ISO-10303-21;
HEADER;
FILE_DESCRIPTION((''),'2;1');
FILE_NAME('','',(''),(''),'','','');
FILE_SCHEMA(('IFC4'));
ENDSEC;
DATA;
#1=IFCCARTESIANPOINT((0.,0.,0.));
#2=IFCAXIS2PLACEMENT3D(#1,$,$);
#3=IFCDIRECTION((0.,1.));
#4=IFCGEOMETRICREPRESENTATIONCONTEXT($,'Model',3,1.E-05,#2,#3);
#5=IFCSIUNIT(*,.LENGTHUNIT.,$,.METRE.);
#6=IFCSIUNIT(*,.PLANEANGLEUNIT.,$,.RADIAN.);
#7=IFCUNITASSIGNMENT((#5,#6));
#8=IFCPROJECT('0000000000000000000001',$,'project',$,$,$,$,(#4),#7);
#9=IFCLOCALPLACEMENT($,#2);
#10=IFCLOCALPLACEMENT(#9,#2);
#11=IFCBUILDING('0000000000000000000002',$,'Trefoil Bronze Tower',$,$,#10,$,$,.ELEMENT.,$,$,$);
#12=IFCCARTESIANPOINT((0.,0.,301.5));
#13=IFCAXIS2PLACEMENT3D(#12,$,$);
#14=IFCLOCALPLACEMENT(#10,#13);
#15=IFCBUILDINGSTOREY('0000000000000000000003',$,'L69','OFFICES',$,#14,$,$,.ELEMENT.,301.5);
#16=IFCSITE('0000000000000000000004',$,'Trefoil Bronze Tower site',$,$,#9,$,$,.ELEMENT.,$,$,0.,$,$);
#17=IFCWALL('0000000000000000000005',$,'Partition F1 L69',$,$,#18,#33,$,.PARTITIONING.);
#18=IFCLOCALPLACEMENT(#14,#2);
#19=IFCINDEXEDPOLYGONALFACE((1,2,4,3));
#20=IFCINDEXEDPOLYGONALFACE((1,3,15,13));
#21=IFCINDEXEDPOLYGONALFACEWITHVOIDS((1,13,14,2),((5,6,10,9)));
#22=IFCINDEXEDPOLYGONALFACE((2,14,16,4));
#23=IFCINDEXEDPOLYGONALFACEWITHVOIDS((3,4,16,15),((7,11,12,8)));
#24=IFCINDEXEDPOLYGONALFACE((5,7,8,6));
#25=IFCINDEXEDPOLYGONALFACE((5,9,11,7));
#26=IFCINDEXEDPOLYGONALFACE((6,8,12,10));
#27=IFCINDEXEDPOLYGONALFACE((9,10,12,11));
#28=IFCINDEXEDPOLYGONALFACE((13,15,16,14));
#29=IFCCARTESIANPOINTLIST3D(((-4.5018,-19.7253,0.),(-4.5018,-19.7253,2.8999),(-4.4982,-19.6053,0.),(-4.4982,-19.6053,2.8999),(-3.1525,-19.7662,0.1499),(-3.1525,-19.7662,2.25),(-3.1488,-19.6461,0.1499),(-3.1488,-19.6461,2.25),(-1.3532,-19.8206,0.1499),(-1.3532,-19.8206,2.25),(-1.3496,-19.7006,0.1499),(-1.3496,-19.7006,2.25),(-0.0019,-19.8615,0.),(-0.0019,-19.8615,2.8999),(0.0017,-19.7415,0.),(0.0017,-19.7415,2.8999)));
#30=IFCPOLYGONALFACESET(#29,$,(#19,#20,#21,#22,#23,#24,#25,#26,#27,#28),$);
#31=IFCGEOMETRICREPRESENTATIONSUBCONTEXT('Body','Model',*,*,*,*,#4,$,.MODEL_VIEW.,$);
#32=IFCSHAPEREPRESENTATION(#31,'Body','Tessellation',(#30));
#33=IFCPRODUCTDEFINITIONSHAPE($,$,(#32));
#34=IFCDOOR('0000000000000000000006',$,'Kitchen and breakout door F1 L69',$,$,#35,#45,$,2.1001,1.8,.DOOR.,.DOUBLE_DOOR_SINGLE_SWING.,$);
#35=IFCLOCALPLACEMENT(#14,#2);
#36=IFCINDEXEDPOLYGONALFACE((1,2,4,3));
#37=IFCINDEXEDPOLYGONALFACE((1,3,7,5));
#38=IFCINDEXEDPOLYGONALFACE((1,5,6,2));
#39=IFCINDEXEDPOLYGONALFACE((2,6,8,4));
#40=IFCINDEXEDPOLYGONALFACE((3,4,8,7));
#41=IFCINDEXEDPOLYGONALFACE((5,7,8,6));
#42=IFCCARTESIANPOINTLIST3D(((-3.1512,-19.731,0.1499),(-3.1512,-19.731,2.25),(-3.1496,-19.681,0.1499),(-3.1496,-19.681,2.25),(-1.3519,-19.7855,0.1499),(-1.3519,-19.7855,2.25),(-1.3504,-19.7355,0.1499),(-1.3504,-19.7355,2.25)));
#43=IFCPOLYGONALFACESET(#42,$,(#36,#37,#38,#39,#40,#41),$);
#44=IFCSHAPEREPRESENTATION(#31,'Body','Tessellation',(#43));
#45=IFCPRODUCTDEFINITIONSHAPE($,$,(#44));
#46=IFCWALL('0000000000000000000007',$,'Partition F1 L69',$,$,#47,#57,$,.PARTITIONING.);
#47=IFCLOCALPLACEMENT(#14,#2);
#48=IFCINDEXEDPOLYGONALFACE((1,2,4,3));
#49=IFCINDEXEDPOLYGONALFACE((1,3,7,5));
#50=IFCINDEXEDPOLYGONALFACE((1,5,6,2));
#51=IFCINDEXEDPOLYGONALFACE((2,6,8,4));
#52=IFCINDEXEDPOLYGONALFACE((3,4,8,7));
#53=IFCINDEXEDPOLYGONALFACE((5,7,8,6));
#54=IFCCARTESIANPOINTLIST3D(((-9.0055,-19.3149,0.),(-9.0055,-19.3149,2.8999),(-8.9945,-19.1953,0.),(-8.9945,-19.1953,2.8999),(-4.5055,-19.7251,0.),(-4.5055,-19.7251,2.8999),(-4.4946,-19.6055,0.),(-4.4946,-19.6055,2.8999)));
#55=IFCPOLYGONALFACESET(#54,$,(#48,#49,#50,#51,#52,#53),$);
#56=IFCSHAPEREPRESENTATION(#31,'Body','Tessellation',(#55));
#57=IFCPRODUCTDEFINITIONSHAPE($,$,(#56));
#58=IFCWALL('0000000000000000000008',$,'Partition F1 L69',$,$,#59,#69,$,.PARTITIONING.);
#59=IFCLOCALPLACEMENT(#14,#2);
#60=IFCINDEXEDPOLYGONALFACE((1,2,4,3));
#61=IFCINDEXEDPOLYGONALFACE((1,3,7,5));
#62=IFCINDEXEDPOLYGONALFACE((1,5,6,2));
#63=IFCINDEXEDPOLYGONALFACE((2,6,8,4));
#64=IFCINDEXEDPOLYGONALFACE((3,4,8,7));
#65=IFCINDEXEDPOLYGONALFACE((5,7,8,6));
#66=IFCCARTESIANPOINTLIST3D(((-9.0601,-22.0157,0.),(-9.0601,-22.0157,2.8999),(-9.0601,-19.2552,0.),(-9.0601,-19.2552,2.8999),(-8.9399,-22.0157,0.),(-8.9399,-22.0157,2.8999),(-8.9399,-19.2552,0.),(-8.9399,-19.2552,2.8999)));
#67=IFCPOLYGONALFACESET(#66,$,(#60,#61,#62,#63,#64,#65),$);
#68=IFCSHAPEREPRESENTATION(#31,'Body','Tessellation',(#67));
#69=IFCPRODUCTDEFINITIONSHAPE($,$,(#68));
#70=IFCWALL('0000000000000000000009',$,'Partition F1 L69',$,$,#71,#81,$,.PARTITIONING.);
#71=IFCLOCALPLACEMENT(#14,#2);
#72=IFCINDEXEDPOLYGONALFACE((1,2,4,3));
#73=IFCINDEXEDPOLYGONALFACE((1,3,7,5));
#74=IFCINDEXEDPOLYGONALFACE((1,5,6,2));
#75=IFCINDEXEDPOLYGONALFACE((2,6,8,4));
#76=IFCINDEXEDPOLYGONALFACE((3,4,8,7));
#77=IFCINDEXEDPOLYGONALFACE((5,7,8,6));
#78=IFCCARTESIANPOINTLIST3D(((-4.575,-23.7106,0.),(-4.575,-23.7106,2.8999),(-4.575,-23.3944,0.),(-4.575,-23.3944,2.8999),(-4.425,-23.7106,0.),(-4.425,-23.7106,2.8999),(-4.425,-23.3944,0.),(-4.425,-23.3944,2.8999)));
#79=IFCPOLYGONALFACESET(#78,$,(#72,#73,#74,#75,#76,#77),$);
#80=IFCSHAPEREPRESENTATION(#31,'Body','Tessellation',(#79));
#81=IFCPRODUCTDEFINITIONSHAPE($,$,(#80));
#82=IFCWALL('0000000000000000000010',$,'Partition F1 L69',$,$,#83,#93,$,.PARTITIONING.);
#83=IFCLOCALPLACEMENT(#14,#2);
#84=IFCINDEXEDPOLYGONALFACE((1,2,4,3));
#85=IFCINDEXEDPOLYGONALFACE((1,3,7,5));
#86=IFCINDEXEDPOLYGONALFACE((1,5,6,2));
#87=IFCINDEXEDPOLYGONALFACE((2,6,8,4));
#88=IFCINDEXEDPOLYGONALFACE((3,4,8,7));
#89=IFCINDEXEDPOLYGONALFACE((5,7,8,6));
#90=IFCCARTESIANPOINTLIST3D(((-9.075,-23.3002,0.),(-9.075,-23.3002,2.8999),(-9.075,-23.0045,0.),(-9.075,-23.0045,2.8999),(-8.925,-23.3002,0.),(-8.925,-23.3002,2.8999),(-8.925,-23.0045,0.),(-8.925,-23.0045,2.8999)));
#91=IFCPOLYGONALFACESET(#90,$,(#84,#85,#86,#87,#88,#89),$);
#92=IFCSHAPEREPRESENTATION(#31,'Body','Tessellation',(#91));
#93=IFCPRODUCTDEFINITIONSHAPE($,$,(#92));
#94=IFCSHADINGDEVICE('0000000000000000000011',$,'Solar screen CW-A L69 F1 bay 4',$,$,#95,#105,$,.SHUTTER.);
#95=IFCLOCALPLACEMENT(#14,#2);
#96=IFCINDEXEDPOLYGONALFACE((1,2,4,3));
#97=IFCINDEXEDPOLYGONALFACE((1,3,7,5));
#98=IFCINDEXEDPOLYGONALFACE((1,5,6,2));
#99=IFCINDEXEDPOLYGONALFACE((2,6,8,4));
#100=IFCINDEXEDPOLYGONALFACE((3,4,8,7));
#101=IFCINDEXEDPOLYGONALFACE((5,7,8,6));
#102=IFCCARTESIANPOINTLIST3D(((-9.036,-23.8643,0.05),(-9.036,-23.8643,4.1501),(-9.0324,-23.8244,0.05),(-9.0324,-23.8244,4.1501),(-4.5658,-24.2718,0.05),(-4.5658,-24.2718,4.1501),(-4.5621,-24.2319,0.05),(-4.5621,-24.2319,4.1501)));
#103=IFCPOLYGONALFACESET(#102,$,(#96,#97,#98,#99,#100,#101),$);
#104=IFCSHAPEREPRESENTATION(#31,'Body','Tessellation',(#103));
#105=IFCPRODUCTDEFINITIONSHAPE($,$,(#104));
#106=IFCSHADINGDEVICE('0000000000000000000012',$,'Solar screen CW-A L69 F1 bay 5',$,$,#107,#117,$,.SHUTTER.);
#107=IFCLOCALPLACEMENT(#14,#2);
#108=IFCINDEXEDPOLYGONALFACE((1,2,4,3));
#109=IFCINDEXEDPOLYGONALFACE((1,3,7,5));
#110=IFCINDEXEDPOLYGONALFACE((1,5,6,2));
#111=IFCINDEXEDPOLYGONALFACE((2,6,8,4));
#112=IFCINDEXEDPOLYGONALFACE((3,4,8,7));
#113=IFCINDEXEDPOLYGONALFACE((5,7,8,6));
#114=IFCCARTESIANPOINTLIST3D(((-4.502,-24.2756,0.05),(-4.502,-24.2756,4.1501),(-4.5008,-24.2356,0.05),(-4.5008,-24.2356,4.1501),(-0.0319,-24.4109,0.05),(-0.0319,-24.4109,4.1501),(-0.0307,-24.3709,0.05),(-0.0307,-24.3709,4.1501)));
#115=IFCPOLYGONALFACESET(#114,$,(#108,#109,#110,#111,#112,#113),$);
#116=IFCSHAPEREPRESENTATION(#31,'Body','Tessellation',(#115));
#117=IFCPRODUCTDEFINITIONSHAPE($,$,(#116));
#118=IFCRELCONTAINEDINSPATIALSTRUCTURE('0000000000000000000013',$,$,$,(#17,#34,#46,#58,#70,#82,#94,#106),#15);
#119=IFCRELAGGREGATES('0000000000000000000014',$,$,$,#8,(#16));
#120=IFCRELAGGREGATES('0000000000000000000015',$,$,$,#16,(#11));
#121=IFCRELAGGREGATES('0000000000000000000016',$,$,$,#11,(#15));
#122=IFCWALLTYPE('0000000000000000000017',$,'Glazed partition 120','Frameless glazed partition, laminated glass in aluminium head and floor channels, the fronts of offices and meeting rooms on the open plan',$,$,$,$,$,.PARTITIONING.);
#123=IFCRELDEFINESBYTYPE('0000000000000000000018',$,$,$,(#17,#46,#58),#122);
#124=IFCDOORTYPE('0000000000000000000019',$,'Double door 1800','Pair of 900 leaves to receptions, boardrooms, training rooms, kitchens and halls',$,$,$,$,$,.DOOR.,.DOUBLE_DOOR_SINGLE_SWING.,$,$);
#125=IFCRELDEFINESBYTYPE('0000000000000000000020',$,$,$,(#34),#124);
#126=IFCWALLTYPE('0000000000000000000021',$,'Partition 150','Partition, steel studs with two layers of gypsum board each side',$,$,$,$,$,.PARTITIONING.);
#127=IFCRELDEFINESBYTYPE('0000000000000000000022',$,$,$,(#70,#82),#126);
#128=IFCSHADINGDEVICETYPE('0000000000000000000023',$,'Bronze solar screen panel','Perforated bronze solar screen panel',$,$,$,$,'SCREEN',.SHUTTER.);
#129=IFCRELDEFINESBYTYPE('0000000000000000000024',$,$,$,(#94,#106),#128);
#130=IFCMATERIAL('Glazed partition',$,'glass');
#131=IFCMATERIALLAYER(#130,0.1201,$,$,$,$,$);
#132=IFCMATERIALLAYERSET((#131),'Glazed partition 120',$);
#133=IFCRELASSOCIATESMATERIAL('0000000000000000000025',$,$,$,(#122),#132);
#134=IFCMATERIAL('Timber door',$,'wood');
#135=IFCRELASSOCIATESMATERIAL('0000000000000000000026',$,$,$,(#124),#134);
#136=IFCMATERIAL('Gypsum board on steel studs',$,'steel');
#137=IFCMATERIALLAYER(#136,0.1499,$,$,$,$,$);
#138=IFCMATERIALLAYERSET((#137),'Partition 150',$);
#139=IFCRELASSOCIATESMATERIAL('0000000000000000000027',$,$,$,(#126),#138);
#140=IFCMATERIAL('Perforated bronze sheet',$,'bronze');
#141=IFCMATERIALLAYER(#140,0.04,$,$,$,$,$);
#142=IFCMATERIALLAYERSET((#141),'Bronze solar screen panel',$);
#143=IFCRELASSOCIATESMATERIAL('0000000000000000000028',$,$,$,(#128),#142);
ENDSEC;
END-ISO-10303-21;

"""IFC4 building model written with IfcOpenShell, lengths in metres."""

from ifc_helpers import new_model, si_unit, direction, frame, frame_2d, origin, origin_2d, place, context, subcontext, project, spatial, rectangle, extrude, material, layer, layer_set, type_object, element, fill, save


model = new_model("IFC4")

# Units and contexts
model_context = context("Model", 3, precision=1e-05, world=origin(), true_north=direction((0.0, 1.0)))
body_context = subcontext(model_context, "Body", "Model", "MODEL_VIEW")
ifc_project = project(units=[si_unit("LENGTHUNIT", "METRE"), si_unit("PLANEANGLEUNIT", "RADIAN")], contexts=[model_context])

# Site, building, storey
site_placement = place(None, origin())
site = spatial("IfcSite", under=ifc_project, at=site_placement, Name="Trefoil Bronze Tower site", CompositionType="ELEMENT", RefElevation=0.0)
building_placement = place(site_placement, origin())
building = spatial("IfcBuilding", under=site, at=building_placement, Name="Trefoil Bronze Tower", CompositionType="ELEMENT")
storey_placement = place(building_placement, frame((0.0, 0.0, 301.5)))
storey = spatial("IfcBuildingStorey", under=building, at=storey_placement, Name="L69", Description="OFFICES", CompositionType="ELEMENT", Elevation=301.5)

# Wall, opening, door
ifc_material_1 = material(Name="Glazed partition", Category="glass")
ifc_layer_1 = layer(ifc_material_1, 0.1201)
ifc_layer_set_1 = layer_set([ifc_layer_1], Name="Glazed partition 120")
wall_type_1 = type_object("IfcWallType", Name="Glazed partition 120", Description="Frameless glazed partition, laminated glass in aluminium head and floor channels, the fronts of offices and meeting rooms on the open plan", PredefinedType="PARTITIONING", material=ifc_layer_set_1)
wall_1_placement = place(storey_placement, frame((-4.5, -19.6653, 0.0), z_axis=(0.0, 0.0, 1.0), x_axis=(0.999542, -0.03026, 0.0)))
wall_1 = element("IfcWall", 1, at=wall_1_placement, inside=storey, type_object=wall_type_1, Name="Partition F1 L69", PredefinedType="PARTITIONING", context=body_context, shape_type="SweptSolid", body=[
    extrude(rectangle(XDim=4.502, YDim=0.1201, at=frame_2d((2.251, 0.0))), origin(), (0.0, 0.0, 1.0), 2.8999),
])
opening_1_placement = place(wall_1_placement, frame((1.3501, 0.0, 0.1499)))
opening_1 = element("IfcOpeningElement", 2, at=opening_1_placement, cuts=wall_1, PredefinedType="OPENING", context=body_context, shape_type="SweptSolid", body=[
    extrude(rectangle(XDim=1.8, YDim=2.1001, at=frame_2d((0.8999, 1.05))), frame((0.0, 0.0701, 0.0), z_axis=(0.0, -1.0, 0.0), x_axis=(1.0, 0.0, 0.0)), (0.0, 0.0, 1.0), 0.1401),
])
ifc_material_2 = material(Name="Timber door", Category="wood")
door_type_1 = type_object("IfcDoorType", Name="Double door 1800", Description="Pair of 900 leaves to receptions, boardrooms, training rooms, kitchens and halls", OperationType="DOUBLE_DOOR_SINGLE_SWING", PredefinedType="DOOR", material=ifc_material_2)
door_1_placement = place(opening_1_placement, frame((1.8, 0.0, 0.0), z_axis=(0.0, 0.0, 1.0), x_axis=(-1.0, 0.0, 0.0)))
door_1 = element("IfcDoor", 3, at=door_1_placement, inside=storey, type_object=door_type_1, Name="Kitchen and breakout door F1 L69", OperationType="DOUBLE_DOOR_SINGLE_SWING", OverallHeight=2.1001, OverallWidth=1.8, PredefinedType="DOOR", context=body_context, shape_type="SweptSolid", body=[
    extrude(rectangle(XDim=1.8, YDim=2.1001, at=frame_2d((0.8999, 1.05))), frame((0.0, 0.0249, 0.0), z_axis=(0.0, -1.0, 0.0), x_axis=(1.0, 0.0, 0.0)), (0.0, 0.0, 1.0), 0.05),
])
fill(opening_1, door_1)

# Walls
wall_2_placement = place(storey_placement, frame((-9.0, -19.2551, 0.0), z_axis=(0.0, 0.0, 1.0), x_axis=(0.995872, -0.09077, 0.0)))
element("IfcWall", 4, at=wall_2_placement, inside=storey, type_object=wall_type_1, Name="Partition F1 L69", PredefinedType="PARTITIONING", context=body_context, shape_type="SweptSolid", body=[
    extrude(rectangle(XDim=4.5186, YDim=0.1201, at=frame_2d((2.2593, 0.0))), origin(), (0.0, 0.0, 1.0), 2.8999),
])
wall_3_placement = place(storey_placement, frame((-9.0, -19.2551, 0.0), z_axis=(0.0, 0.0, 1.0), x_axis=(0.0, -1.0, 0.0)))
element("IfcWall", 5, at=wall_3_placement, inside=storey, type_object=wall_type_1, Name="Partition F1 L69", PredefinedType="PARTITIONING", context=body_context, shape_type="SweptSolid", body=[
    extrude(rectangle(XDim=2.7605, YDim=0.1201, at=frame_2d((1.3804, 0.0))), origin(), (0.0, 0.0, 1.0), 2.8999),
])
ifc_material_3 = material(Name="Gypsum board on steel studs", Category="steel")
ifc_layer_2 = layer(ifc_material_3, 0.1499)
ifc_layer_set_2 = layer_set([ifc_layer_2], Name="Partition 150")
wall_type_2 = type_object("IfcWallType", Name="Partition 150", Description="Partition, steel studs with two layers of gypsum board each side", PredefinedType="PARTITIONING", material=ifc_layer_set_2)
wall_4_placement = place(storey_placement, frame((-4.5, -23.3943, 0.0), z_axis=(0.0, 0.0, 1.0), x_axis=(0.0, -1.0, 0.0)))
element("IfcWall", 6, at=wall_4_placement, inside=storey, type_object=wall_type_2, Name="Partition F1 L69", PredefinedType="PARTITIONING", context=body_context, shape_type="SweptSolid", body=[
    extrude(rectangle(XDim=0.3162, YDim=0.1499, at=frame_2d((0.1582, 0.0))), origin(), (0.0, 0.0, 1.0), 2.8999),
])
wall_5_placement = place(storey_placement, frame((-9.0, -23.0044, 0.0), z_axis=(0.0, 0.0, 1.0), x_axis=(0.0, -1.0, 0.0)))
element("IfcWall", 7, at=wall_5_placement, inside=storey, type_object=wall_type_2, Name="Partition F1 L69", PredefinedType="PARTITIONING", context=body_context, shape_type="SweptSolid", body=[
    extrude(rectangle(XDim=0.2957, YDim=0.1499, at=frame_2d((0.1479, 0.0))), origin(), (0.0, 0.0, 1.0), 2.8999),
])

# Shading devices
ifc_material_4 = material(Name="Perforated bronze sheet", Category="bronze")
ifc_layer_3 = layer(ifc_material_4, 0.04)
ifc_layer_set_3 = layer_set([ifc_layer_3], Name="Bronze solar screen panel")
shading_device_type = type_object("IfcShadingDeviceType", Name="Bronze solar screen panel", Description="Perforated bronze solar screen panel", ElementType="SCREEN", PredefinedType="SHUTTER", material=ifc_layer_set_3)
shading_device_1_placement = place(storey_placement, frame((-6.7991, -24.0481, 0.05), z_axis=(0.0, 0.0, 1.0), x_axis=(0.99587, -0.090789, 0.0)))
element("IfcShadingDevice", 8, at=shading_device_1_placement, inside=storey, type_object=shading_device_type, Name="Solar screen CW-A L69 F1 bay 4", PredefinedType="SHUTTER", context=body_context, shape_type="SweptSolid", body=[
    extrude(rectangle(XDim=4.4888, YDim=0.04, at=origin_2d()), origin(), (0.0, 0.0, 1.0), 4.1001),
])
shading_device_2_placement = place(storey_placement, frame((-2.2664, -24.3232, 0.05), z_axis=(0.0, 0.0, 1.0), x_axis=(0.999542, -0.030263, 0.0)))
element("IfcShadingDevice", 9, at=shading_device_2_placement, inside=storey, type_object=shading_device_type, Name="Solar screen CW-A L69 F1 bay 5", PredefinedType="SHUTTER", context=body_context, shape_type="SweptSolid", body=[
    extrude(rectangle(XDim=4.4722, YDim=0.04, at=origin_2d()), origin(), (0.0, 0.0, 1.0), 4.1001),
])

save(model, "model.ifc")
